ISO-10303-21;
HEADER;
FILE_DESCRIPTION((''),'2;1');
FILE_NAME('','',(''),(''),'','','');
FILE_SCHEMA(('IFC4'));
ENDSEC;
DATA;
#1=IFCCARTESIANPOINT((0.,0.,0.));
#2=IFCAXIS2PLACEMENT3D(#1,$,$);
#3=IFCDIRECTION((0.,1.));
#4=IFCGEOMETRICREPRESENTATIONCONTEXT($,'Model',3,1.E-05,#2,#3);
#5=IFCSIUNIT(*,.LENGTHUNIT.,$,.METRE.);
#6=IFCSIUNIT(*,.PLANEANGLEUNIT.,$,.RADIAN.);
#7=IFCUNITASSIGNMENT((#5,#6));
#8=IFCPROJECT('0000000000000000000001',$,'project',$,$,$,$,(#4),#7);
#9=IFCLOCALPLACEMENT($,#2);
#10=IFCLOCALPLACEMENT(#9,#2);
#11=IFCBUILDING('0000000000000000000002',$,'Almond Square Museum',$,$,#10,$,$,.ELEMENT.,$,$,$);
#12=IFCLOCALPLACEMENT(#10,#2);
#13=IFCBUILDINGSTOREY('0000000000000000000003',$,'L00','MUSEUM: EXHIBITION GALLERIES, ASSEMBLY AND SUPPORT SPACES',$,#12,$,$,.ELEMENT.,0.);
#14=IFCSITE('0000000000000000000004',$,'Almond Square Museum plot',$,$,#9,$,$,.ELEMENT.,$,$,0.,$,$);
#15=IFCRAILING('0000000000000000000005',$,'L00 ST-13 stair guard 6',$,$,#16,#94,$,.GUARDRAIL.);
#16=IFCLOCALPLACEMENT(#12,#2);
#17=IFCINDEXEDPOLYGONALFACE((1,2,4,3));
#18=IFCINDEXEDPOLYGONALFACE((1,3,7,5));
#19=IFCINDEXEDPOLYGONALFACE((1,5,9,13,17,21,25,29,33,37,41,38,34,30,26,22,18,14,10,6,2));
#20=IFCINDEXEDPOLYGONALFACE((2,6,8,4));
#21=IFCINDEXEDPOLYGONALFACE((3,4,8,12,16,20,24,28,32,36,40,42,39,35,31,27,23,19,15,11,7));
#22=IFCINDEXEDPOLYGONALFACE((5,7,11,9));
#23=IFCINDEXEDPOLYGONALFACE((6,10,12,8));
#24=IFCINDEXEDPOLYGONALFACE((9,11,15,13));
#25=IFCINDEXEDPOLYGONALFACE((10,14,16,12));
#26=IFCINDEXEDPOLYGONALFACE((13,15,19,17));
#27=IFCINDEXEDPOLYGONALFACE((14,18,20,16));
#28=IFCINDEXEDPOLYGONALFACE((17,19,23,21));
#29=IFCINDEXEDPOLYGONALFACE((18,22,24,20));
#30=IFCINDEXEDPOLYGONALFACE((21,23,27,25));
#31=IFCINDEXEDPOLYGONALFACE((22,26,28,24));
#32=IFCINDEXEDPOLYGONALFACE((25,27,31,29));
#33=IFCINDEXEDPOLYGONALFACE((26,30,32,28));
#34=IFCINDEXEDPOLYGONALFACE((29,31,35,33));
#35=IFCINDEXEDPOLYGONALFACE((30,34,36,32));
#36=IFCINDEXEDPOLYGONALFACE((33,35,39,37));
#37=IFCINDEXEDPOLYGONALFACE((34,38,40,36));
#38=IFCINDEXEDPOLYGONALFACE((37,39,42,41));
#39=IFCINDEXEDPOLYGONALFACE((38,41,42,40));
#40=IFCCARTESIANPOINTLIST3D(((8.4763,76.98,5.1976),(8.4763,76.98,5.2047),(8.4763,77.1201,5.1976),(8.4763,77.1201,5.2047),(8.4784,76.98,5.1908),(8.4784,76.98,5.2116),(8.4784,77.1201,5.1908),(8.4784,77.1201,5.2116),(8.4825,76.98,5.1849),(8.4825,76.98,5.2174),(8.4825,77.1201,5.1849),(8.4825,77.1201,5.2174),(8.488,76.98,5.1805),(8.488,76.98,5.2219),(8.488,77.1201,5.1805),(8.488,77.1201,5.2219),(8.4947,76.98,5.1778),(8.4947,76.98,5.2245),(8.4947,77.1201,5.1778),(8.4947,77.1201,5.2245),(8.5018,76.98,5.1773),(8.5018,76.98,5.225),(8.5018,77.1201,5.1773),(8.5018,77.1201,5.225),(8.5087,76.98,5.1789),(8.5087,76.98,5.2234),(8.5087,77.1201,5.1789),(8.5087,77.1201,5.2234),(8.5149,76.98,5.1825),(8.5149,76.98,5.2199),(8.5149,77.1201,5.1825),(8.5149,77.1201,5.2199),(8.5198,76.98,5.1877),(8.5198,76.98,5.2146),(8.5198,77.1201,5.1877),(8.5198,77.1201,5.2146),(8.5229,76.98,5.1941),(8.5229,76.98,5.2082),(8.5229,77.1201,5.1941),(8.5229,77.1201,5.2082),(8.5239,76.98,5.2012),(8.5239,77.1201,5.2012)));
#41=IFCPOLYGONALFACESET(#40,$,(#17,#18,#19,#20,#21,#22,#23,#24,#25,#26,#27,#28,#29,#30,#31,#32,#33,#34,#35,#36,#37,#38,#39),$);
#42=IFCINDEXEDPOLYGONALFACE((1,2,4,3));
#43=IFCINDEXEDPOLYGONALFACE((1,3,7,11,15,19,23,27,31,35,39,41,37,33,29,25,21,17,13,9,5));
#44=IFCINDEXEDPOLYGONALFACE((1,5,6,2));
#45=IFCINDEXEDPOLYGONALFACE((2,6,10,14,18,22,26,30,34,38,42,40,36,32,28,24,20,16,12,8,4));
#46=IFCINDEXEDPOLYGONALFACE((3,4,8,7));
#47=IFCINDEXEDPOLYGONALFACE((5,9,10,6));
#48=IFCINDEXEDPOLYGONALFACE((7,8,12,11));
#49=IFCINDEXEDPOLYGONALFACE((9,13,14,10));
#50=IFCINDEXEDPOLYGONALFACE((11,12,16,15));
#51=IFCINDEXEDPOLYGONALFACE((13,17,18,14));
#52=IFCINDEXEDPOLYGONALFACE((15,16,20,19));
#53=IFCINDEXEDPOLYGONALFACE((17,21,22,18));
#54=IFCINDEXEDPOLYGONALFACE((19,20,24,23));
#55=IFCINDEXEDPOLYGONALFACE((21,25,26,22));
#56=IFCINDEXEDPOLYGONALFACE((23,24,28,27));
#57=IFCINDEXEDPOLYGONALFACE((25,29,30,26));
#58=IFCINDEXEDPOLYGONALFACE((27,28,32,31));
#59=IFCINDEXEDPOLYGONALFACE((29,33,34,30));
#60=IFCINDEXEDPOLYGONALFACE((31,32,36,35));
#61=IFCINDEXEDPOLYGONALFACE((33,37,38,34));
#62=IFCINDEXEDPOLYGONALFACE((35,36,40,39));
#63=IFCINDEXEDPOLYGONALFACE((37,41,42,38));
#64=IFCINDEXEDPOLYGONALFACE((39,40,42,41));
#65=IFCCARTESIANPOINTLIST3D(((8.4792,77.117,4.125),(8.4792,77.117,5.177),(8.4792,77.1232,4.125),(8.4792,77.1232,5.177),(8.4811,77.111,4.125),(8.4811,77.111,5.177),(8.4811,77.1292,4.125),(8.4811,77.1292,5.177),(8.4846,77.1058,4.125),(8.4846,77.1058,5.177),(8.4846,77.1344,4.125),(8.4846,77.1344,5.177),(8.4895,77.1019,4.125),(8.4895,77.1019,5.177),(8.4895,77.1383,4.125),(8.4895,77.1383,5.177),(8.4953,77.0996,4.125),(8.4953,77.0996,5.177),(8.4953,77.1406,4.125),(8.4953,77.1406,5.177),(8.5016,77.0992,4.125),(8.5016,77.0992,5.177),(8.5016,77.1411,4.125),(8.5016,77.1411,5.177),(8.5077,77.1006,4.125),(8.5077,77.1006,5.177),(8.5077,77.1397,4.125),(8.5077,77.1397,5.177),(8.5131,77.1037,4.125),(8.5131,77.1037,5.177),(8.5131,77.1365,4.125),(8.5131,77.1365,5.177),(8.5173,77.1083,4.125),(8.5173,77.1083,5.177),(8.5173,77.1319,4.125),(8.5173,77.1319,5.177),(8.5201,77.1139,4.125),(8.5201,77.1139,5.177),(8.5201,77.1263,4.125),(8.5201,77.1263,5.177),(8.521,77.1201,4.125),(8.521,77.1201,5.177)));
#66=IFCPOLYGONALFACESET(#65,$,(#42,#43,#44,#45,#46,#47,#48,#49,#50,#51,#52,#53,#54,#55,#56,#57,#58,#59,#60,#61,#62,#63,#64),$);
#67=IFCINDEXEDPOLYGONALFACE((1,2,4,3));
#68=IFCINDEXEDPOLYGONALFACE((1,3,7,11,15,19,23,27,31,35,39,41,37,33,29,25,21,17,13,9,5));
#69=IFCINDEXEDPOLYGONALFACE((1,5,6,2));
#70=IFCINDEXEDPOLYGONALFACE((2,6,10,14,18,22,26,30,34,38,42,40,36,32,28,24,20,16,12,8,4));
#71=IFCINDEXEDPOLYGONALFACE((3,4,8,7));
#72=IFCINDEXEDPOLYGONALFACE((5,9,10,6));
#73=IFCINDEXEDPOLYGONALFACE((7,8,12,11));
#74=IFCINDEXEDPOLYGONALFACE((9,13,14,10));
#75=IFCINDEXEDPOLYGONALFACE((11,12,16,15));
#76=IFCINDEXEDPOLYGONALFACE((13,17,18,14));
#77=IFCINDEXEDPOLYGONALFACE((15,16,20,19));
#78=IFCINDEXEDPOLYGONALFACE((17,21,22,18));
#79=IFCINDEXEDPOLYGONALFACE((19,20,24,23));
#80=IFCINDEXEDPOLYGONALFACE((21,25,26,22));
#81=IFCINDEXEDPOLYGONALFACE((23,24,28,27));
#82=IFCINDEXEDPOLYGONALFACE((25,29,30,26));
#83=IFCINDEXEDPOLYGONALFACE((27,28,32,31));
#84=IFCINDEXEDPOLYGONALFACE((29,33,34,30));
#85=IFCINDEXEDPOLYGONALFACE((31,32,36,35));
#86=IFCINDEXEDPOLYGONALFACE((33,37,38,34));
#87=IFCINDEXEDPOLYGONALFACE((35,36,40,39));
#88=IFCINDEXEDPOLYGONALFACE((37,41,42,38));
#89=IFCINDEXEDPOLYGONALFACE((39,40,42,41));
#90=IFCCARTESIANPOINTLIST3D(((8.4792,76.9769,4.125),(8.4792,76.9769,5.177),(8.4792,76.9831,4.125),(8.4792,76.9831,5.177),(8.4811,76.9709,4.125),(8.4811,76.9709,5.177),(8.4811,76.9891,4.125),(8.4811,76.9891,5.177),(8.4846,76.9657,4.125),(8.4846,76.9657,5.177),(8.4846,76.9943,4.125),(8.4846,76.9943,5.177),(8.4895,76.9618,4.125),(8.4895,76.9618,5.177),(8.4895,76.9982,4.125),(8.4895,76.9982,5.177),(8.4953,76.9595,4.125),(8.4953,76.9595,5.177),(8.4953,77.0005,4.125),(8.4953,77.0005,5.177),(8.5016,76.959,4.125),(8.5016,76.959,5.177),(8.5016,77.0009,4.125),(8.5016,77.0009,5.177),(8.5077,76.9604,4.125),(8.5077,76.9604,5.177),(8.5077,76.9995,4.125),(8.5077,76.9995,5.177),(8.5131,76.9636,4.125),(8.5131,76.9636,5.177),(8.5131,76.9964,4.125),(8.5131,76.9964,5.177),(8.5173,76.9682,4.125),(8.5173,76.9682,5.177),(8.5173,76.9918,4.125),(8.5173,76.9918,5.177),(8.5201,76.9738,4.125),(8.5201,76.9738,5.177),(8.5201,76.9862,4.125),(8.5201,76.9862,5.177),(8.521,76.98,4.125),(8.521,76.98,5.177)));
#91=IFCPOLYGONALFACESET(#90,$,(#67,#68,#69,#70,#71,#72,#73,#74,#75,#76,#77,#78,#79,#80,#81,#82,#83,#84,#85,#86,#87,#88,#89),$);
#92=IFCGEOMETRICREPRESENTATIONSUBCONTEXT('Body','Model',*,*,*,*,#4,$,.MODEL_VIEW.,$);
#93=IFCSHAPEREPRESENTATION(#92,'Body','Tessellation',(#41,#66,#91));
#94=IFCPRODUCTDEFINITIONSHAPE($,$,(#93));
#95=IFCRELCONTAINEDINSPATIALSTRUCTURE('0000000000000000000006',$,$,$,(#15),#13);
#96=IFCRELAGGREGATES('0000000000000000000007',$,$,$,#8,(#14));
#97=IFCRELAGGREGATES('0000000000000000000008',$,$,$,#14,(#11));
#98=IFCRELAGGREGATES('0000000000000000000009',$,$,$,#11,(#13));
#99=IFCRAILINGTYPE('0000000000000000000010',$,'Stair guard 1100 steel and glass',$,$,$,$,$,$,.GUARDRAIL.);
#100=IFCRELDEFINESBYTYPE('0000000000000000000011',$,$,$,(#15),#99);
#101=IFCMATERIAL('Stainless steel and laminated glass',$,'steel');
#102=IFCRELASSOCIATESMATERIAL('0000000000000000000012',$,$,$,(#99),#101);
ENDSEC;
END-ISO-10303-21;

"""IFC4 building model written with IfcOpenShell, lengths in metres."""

from ifc_helpers import new_model, si_unit, direction, frame, origin, origin_2d, place, context, subcontext, project, spatial, circle, extrude, material, type_object, element, save


model = new_model("IFC4")

# Units and contexts
model_context = context("Model", 3, precision=1e-05, world=origin(), true_north=direction((0.0, 1.0)))
body_context = subcontext(model_context, "Body", "Model", "MODEL_VIEW")
ifc_project = project(units=[si_unit("LENGTHUNIT", "METRE"), si_unit("PLANEANGLEUNIT", "RADIAN")], contexts=[model_context])

# Site, building, storey
site_placement = place(None, origin())
site = spatial("IfcSite", under=ifc_project, at=site_placement, Name="Almond Square Museum plot", CompositionType="ELEMENT", RefElevation=0.0)
building_placement = place(site_placement, origin())
building = spatial("IfcBuilding", under=site, at=building_placement, Name="Almond Square Museum", CompositionType="ELEMENT")
storey_placement = place(building_placement, origin())
storey = spatial("IfcBuildingStorey", under=building, at=storey_placement, Name="L00", Description="MUSEUM: EXHIBITION GALLERIES, ASSEMBLY AND SUPPORT SPACES", CompositionType="ELEMENT", Elevation=0.0)

# Railing
ifc_material_1 = material(Name="Stainless steel and laminated glass", Category="steel")
railing_type_1 = type_object("IfcRailingType", Name="Stair guard 1100 steel and glass", PredefinedType="GUARDRAIL", material=ifc_material_1)
railing_1_placement = place(storey_placement, frame((8.5, 77.1201, 4.125)))
element("IfcRailing", 1, at=railing_1_placement, inside=storey, type_object=railing_type_1, Name="L00 ST-13 stair guard 6", PredefinedType="GUARDRAIL", context=body_context, shape_type="SweptSolid", body=[
    extrude(circle(Radius=0.0239, at=origin_2d()), frame((0.0, 0.0, 1.0762), z_axis=(0.0, -1.0, 0.0), x_axis=(1.0, 0.0, 0.0)), (0.0, 0.0, 1.0), 0.1401),
    extrude(circle(Radius=0.021, at=origin_2d()), origin(), (0.0, 0.0, 1.0), 1.052),
    extrude(circle(Radius=0.021, at=origin_2d()), frame((0.0, -0.1401, 0.0)), (0.0, 0.0, 1.0), 1.052),
])

save(model, "model.ifc")
